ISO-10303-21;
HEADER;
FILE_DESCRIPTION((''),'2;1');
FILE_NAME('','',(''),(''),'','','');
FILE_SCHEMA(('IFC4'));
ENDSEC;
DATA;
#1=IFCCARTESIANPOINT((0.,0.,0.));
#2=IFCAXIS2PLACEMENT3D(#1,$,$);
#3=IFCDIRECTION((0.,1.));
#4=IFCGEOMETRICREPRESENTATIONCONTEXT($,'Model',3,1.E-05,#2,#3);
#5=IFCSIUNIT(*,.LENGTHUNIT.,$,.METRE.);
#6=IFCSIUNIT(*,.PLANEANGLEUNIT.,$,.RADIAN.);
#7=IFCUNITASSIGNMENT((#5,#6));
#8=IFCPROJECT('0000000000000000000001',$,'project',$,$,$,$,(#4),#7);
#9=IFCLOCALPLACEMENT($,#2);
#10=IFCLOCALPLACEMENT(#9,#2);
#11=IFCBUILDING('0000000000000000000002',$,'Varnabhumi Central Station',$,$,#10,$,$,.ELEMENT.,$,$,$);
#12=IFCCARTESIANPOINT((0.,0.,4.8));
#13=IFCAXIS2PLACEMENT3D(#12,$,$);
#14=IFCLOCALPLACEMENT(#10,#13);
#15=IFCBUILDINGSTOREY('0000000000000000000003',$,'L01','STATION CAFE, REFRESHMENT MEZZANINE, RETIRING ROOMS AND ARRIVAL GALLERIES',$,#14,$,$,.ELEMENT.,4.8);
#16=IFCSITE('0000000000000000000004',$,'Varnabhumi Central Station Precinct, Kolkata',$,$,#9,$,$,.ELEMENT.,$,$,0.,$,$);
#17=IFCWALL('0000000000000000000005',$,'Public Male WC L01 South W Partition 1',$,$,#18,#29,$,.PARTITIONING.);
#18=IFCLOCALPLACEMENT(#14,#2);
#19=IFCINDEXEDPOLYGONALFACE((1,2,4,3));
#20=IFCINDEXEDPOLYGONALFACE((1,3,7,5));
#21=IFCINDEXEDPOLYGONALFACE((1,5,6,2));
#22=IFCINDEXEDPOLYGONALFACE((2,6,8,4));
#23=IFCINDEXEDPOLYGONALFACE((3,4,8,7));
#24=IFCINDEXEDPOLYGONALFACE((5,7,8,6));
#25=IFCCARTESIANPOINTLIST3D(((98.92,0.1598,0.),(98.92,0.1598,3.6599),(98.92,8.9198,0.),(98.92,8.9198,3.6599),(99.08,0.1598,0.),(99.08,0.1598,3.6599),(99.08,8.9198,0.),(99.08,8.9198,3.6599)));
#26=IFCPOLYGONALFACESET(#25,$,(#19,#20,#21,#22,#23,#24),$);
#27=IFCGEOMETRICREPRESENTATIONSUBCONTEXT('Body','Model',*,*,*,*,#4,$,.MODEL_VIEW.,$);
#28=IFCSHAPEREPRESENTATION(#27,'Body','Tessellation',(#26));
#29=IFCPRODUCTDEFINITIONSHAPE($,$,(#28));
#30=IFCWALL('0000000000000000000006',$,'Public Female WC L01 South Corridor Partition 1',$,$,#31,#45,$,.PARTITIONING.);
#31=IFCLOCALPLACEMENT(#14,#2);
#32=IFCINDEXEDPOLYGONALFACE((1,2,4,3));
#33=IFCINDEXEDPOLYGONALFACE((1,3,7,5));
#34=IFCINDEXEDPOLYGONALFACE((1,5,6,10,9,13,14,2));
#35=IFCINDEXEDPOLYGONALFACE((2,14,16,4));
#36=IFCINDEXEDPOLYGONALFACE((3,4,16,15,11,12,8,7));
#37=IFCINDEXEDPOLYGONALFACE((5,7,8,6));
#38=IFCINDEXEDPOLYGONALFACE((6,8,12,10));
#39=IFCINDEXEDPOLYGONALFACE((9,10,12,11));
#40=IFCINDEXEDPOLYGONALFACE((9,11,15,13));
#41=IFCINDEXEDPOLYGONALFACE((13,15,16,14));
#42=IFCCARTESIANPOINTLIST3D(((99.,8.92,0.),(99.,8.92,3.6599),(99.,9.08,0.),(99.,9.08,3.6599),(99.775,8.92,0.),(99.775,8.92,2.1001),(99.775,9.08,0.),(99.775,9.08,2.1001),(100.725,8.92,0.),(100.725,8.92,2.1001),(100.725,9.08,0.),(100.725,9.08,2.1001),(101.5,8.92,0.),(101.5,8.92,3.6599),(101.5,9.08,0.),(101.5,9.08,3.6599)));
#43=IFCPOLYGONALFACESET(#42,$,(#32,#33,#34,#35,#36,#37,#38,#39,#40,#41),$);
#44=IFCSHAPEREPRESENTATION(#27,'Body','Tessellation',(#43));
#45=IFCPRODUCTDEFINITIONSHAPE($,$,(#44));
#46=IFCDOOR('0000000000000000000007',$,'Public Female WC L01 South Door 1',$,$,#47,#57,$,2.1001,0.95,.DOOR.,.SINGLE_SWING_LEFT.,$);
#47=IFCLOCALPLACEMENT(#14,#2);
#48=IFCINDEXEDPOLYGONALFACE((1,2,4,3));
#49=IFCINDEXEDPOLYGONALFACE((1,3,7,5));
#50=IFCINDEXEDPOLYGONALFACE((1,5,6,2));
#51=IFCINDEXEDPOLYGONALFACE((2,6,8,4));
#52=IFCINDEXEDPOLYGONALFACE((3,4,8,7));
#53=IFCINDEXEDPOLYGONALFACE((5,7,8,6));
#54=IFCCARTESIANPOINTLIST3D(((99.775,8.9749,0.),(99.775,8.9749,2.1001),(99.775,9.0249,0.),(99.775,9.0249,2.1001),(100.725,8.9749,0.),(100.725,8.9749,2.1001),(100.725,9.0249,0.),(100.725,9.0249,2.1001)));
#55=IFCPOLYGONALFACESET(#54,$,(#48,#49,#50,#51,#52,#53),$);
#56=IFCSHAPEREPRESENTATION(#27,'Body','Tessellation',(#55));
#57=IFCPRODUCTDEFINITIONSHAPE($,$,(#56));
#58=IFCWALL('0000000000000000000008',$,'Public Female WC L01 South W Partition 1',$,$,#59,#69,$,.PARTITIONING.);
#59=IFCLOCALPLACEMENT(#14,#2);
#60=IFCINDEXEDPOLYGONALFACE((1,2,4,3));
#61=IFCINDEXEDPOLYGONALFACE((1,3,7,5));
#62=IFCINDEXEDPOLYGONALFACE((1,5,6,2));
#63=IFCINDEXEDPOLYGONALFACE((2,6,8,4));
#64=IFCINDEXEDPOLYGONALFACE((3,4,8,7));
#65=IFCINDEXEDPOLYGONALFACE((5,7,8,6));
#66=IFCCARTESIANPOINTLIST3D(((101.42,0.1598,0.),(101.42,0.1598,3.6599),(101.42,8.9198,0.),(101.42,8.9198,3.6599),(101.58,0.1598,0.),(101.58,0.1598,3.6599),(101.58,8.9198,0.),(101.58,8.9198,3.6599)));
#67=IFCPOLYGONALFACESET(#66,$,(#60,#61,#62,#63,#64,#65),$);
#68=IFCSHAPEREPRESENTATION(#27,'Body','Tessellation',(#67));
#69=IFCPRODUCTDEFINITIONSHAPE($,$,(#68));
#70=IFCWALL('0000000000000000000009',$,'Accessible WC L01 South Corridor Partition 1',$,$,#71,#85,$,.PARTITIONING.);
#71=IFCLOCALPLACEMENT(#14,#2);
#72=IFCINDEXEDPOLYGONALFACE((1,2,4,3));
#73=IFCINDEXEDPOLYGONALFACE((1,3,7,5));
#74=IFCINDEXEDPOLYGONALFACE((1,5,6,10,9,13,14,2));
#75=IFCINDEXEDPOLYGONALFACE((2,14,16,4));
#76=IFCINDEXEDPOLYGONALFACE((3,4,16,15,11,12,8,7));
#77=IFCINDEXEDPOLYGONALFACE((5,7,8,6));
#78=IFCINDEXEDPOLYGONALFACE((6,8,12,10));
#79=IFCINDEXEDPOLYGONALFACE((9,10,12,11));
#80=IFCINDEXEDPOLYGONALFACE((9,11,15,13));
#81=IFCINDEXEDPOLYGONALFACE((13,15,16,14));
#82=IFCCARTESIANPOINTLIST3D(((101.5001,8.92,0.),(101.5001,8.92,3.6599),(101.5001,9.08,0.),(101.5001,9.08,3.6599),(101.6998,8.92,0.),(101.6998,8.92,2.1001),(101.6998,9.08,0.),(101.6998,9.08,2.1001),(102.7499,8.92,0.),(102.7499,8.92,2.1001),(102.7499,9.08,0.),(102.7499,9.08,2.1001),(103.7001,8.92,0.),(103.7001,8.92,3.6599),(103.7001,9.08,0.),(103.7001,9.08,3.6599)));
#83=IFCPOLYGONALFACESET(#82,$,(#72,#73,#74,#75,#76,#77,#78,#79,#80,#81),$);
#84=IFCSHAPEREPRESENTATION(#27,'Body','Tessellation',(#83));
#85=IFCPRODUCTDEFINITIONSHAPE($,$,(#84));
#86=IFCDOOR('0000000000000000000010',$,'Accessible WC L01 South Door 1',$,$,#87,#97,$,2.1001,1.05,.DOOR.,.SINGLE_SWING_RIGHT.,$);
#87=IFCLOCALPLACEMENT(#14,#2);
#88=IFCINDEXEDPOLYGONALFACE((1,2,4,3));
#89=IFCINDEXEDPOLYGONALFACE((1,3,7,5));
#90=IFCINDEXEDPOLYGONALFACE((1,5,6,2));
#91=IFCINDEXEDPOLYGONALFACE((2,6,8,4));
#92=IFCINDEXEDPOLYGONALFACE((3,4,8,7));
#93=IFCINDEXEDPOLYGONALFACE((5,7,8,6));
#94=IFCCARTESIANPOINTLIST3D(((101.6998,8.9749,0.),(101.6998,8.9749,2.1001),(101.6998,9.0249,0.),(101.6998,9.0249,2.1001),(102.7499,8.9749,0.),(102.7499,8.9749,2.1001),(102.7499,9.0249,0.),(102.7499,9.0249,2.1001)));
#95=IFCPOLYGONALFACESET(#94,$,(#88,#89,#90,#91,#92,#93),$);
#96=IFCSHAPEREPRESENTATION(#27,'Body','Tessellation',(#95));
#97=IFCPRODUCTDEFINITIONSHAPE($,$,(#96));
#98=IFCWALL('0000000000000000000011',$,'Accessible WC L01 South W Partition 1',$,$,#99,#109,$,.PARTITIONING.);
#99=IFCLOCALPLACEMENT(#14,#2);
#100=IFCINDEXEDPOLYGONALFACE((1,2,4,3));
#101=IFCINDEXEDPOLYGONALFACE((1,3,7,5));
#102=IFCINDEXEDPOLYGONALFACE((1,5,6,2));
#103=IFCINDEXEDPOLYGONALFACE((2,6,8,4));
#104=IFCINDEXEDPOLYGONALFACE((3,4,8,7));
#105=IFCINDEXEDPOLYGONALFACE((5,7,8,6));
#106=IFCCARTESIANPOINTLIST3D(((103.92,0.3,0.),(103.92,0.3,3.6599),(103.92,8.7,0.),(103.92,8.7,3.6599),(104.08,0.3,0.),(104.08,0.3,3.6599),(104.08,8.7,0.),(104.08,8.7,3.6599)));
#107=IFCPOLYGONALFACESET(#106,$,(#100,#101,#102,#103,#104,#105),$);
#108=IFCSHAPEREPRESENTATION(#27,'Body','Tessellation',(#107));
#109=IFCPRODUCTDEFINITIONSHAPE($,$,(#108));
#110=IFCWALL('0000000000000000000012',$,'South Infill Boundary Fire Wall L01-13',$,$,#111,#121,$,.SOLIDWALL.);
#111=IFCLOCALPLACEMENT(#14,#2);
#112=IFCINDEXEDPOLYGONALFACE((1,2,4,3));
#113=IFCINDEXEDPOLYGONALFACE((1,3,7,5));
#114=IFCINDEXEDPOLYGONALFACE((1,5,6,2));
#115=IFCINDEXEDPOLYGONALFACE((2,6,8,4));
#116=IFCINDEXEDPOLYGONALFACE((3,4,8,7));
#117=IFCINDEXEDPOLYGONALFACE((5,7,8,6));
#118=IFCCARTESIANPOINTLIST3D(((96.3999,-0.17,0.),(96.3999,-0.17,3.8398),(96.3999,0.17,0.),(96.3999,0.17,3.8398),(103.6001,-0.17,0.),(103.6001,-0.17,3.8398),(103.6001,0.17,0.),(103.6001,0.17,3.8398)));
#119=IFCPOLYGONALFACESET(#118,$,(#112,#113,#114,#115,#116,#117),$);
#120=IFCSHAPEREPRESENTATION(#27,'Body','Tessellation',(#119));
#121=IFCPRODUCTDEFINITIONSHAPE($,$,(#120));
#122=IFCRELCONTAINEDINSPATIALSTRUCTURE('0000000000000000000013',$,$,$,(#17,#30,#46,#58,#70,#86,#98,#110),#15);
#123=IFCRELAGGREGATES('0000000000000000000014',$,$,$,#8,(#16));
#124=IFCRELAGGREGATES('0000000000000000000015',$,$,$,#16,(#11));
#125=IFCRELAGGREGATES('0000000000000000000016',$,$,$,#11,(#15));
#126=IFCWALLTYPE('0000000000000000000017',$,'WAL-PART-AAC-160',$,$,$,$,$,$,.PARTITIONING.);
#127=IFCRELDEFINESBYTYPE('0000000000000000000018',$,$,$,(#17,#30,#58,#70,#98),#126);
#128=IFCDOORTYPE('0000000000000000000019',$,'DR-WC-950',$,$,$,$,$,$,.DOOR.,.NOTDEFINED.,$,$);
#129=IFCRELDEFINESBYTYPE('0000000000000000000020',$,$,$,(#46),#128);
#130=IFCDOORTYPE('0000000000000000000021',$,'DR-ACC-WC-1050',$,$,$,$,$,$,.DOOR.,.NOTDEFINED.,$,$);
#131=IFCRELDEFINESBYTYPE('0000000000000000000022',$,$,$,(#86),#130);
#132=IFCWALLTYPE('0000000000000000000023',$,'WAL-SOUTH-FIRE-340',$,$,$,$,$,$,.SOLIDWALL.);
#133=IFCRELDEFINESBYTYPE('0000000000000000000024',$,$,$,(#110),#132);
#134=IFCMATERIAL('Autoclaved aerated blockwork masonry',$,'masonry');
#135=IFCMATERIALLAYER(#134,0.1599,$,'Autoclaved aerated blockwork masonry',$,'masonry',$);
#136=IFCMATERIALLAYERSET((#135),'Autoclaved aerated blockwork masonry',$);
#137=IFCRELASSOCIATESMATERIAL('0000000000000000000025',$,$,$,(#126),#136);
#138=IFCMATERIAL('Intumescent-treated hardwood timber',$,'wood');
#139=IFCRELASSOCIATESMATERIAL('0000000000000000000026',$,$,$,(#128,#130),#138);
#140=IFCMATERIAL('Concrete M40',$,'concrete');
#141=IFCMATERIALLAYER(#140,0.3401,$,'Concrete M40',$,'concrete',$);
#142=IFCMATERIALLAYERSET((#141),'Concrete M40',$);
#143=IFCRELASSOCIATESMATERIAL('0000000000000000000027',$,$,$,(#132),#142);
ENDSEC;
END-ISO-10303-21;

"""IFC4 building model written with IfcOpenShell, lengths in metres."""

from ifc_helpers import new_model, si_unit, direction, frame, frame_2d, origin, place, context, subcontext, project, spatial, rectangle, extrude, material, layer, layer_set, type_object, element, fill, save


model = new_model("IFC4")

# Units and contexts
model_context = context("Model", 3, precision=1e-05, world=origin(), true_north=direction((0.0, 1.0)))
body_context = subcontext(model_context, "Body", "Model", "MODEL_VIEW")
ifc_project = project(units=[si_unit("LENGTHUNIT", "METRE"), si_unit("PLANEANGLEUNIT", "RADIAN")], contexts=[model_context])

# Site, building, storey
site_placement = place(None, origin())
site = spatial("IfcSite", under=ifc_project, at=site_placement, Name="Varnabhumi Central Station Precinct, Kolkata", CompositionType="ELEMENT", RefElevation=0.0)
building_placement = place(site_placement, origin())
building = spatial("IfcBuilding", under=site, at=building_placement, Name="Varnabhumi Central Station", CompositionType="ELEMENT")
storey_placement = place(building_placement, frame((0.0, 0.0, 4.8)))
storey = spatial("IfcBuildingStorey", under=building, at=storey_placement, Name="L01", Description="STATION CAFE, REFRESHMENT MEZZANINE, RETIRING ROOMS AND ARRIVAL GALLERIES", CompositionType="ELEMENT", Elevation=4.8)

# Shared definitions
ifc_material_1 = material(Name="Concrete M40", Category="concrete")

# Shared definitions
ifc_material_2 = material(Name="Autoclaved aerated blockwork masonry", Category="masonry")
ifc_layer_1 = layer(ifc_material_2, 0.1599, Name="Autoclaved aerated blockwork masonry", Category="masonry")
ifc_layer_set_1 = layer_set([ifc_layer_1], Name="Autoclaved aerated blockwork masonry")
wall_type_1 = type_object("IfcWallType", Name="WAL-PART-AAC-160", PredefinedType="PARTITIONING", material=ifc_layer_set_1)
ifc_material_3 = material(Name="Intumescent-treated hardwood timber", Category="wood")
door_type_1 = type_object("IfcDoorType", Name="DR-WC-950", OperationType="NOTDEFINED", PredefinedType="DOOR", material=ifc_material_3)

# Wall
wall_1_placement = place(storey_placement, frame((99.0, 0.1599, 0.0), z_axis=(0.0, 0.0, 1.0), x_axis=(0.0, 1.0, 0.0)))
element("IfcWall", 1, at=wall_1_placement, inside=storey, type_object=wall_type_1, Name="Public Male WC L01 South W Partition 1", PredefinedType="PARTITIONING", context=body_context, shape_type="SweptSolid", body=[
    extrude(rectangle(XDim=8.76, YDim=0.1599, at=frame_2d((4.3799, 0.0))), origin(), (0.0, 0.0, 1.0), 3.6599),
])

# Wall, opening, door
wall_2_placement = place(storey_placement, frame((99.0, 9.0, 0.0), z_axis=(0.0, 0.0, 1.0), x_axis=(1.0, 0.0, 0.0)))
wall_2 = element("IfcWall", 2, at=wall_2_placement, inside=storey, type_object=wall_type_1, Name="Public Female WC L01 South Corridor Partition 1", PredefinedType="PARTITIONING", context=body_context, shape_type="SweptSolid", body=[
    extrude(rectangle(XDim=2.5, YDim=0.1599, at=frame_2d((1.25, 0.0))), origin(), (0.0, 0.0, 1.0), 3.6599),
])
opening_1_placement = place(wall_2_placement, frame((0.7749, 0.0, 0.0)))
opening_1 = element("IfcOpeningElement", 3, at=opening_1_placement, cuts=wall_2, PredefinedType="OPENING", context=body_context, shape_type="SweptSolid", body=[
    extrude(rectangle(XDim=0.95, YDim=2.1001, at=frame_2d((0.4751, 1.05))), frame((0.0, 0.0898, 0.0), z_axis=(0.0, -1.0, 0.0), x_axis=(1.0, 0.0, 0.0)), (0.0, 0.0, 1.0), 0.1799),
])
door_1_placement = place(opening_1_placement, origin())
door_1 = element("IfcDoor", 4, at=door_1_placement, inside=storey, type_object=door_type_1, Name="Public Female WC L01 South Door 1", OperationType="SINGLE_SWING_LEFT", OverallHeight=2.1001, OverallWidth=0.95, PredefinedType="DOOR", context=body_context, shape_type="SweptSolid", body=[
    extrude(rectangle(XDim=0.95, YDim=2.1001, at=frame_2d((0.4751, 1.05))), frame((0.0, 0.0249, 0.0), z_axis=(0.0, -1.0, 0.0), x_axis=(1.0, 0.0, 0.0)), (0.0, 0.0, 1.0), 0.05),
])
fill(opening_1, door_1)

# Wall
wall_3_placement = place(storey_placement, frame((101.5, 0.1599, 0.0), z_axis=(0.0, 0.0, 1.0), x_axis=(0.0, 1.0, 0.0)))
element("IfcWall", 5, at=wall_3_placement, inside=storey, type_object=wall_type_1, Name="Public Female WC L01 South W Partition 1", PredefinedType="PARTITIONING", context=body_context, shape_type="SweptSolid", body=[
    extrude(rectangle(XDim=8.76, YDim=0.1599, at=frame_2d((4.3799, 0.0))), origin(), (0.0, 0.0, 1.0), 3.6599),
])

# Wall, opening, door
wall_4_placement = place(storey_placement, frame((101.5, 9.0, 0.0), z_axis=(0.0, 0.0, 1.0), x_axis=(1.0, 0.0, 0.0)))
wall_4 = element("IfcWall", 6, at=wall_4_placement, inside=storey, type_object=wall_type_1, Name="Accessible WC L01 South Corridor Partition 1", PredefinedType="PARTITIONING", context=body_context, shape_type="SweptSolid", body=[
    extrude(rectangle(XDim=2.2, YDim=0.1599, at=frame_2d((1.1001, 0.0))), origin(), (0.0, 0.0, 1.0), 3.6599),
])
opening_2_placement = place(wall_4_placement, frame((0.2, 0.0, 0.0)))
opening_2 = element("IfcOpeningElement", 7, at=opening_2_placement, cuts=wall_4, PredefinedType="OPENING", context=body_context, shape_type="SweptSolid", body=[
    extrude(rectangle(XDim=1.05, YDim=2.1001, at=frame_2d((0.5249, 1.05))), frame((0.0, 0.0898, 0.0), z_axis=(0.0, -1.0, 0.0), x_axis=(1.0, 0.0, 0.0)), (0.0, 0.0, 1.0), 0.1799),
])
door_type_2 = type_object("IfcDoorType", Name="DR-ACC-WC-1050", OperationType="NOTDEFINED", PredefinedType="DOOR", material=ifc_material_3)
door_2_placement = place(opening_2_placement, origin())
door_2 = element("IfcDoor", 8, at=door_2_placement, inside=storey, type_object=door_type_2, Name="Accessible WC L01 South Door 1", OperationType="SINGLE_SWING_RIGHT", OverallHeight=2.1001, OverallWidth=1.05, PredefinedType="DOOR", context=body_context, shape_type="SweptSolid", body=[
    extrude(rectangle(XDim=1.05, YDim=2.1001, at=frame_2d((0.5249, 1.05))), frame((0.0, 0.0249, 0.0), z_axis=(0.0, -1.0, 0.0), x_axis=(1.0, 0.0, 0.0)), (0.0, 0.0, 1.0), 0.05),
])
fill(opening_2, door_2)

# Walls
wall_5_placement = place(storey_placement, frame((104.0, 0.3, 0.0), z_axis=(0.0, 0.0, 1.0), x_axis=(0.0, 1.0, 0.0)))
element("IfcWall", 9, at=wall_5_placement, inside=storey, type_object=wall_type_1, Name="Accessible WC L01 South W Partition 1", PredefinedType="PARTITIONING", context=body_context, shape_type="SweptSolid", body=[
    extrude(rectangle(XDim=8.3999, YDim=0.1599, at=frame_2d((4.2, 0.0))), origin(), (0.0, 0.0, 1.0), 3.6599),
])
ifc_layer_2 = layer(ifc_material_1, 0.3401, Name="Concrete M40", Category="concrete")
ifc_layer_set_2 = layer_set([ifc_layer_2], Name="Concrete M40")
wall_type_2 = type_object("IfcWallType", Name="WAL-SOUTH-FIRE-340", PredefinedType="SOLIDWALL", material=ifc_layer_set_2)
wall_6_placement = place(storey_placement, frame((96.3999, 0.0, 0.0), z_axis=(0.0, 0.0, 1.0), x_axis=(1.0, 0.0, 0.0)))
element("IfcWall", 10, at=wall_6_placement, inside=storey, type_object=wall_type_2, Name="South Infill Boundary Fire Wall L01-13", PredefinedType="SOLIDWALL", context=body_context, shape_type="SweptSolid", body=[
    extrude(rectangle(XDim=7.2002, YDim=0.3401, at=frame_2d((3.6001, 0.0))), origin(), (0.0, 0.0, 1.0), 3.8398),
])

save(model, "model.ifc")
